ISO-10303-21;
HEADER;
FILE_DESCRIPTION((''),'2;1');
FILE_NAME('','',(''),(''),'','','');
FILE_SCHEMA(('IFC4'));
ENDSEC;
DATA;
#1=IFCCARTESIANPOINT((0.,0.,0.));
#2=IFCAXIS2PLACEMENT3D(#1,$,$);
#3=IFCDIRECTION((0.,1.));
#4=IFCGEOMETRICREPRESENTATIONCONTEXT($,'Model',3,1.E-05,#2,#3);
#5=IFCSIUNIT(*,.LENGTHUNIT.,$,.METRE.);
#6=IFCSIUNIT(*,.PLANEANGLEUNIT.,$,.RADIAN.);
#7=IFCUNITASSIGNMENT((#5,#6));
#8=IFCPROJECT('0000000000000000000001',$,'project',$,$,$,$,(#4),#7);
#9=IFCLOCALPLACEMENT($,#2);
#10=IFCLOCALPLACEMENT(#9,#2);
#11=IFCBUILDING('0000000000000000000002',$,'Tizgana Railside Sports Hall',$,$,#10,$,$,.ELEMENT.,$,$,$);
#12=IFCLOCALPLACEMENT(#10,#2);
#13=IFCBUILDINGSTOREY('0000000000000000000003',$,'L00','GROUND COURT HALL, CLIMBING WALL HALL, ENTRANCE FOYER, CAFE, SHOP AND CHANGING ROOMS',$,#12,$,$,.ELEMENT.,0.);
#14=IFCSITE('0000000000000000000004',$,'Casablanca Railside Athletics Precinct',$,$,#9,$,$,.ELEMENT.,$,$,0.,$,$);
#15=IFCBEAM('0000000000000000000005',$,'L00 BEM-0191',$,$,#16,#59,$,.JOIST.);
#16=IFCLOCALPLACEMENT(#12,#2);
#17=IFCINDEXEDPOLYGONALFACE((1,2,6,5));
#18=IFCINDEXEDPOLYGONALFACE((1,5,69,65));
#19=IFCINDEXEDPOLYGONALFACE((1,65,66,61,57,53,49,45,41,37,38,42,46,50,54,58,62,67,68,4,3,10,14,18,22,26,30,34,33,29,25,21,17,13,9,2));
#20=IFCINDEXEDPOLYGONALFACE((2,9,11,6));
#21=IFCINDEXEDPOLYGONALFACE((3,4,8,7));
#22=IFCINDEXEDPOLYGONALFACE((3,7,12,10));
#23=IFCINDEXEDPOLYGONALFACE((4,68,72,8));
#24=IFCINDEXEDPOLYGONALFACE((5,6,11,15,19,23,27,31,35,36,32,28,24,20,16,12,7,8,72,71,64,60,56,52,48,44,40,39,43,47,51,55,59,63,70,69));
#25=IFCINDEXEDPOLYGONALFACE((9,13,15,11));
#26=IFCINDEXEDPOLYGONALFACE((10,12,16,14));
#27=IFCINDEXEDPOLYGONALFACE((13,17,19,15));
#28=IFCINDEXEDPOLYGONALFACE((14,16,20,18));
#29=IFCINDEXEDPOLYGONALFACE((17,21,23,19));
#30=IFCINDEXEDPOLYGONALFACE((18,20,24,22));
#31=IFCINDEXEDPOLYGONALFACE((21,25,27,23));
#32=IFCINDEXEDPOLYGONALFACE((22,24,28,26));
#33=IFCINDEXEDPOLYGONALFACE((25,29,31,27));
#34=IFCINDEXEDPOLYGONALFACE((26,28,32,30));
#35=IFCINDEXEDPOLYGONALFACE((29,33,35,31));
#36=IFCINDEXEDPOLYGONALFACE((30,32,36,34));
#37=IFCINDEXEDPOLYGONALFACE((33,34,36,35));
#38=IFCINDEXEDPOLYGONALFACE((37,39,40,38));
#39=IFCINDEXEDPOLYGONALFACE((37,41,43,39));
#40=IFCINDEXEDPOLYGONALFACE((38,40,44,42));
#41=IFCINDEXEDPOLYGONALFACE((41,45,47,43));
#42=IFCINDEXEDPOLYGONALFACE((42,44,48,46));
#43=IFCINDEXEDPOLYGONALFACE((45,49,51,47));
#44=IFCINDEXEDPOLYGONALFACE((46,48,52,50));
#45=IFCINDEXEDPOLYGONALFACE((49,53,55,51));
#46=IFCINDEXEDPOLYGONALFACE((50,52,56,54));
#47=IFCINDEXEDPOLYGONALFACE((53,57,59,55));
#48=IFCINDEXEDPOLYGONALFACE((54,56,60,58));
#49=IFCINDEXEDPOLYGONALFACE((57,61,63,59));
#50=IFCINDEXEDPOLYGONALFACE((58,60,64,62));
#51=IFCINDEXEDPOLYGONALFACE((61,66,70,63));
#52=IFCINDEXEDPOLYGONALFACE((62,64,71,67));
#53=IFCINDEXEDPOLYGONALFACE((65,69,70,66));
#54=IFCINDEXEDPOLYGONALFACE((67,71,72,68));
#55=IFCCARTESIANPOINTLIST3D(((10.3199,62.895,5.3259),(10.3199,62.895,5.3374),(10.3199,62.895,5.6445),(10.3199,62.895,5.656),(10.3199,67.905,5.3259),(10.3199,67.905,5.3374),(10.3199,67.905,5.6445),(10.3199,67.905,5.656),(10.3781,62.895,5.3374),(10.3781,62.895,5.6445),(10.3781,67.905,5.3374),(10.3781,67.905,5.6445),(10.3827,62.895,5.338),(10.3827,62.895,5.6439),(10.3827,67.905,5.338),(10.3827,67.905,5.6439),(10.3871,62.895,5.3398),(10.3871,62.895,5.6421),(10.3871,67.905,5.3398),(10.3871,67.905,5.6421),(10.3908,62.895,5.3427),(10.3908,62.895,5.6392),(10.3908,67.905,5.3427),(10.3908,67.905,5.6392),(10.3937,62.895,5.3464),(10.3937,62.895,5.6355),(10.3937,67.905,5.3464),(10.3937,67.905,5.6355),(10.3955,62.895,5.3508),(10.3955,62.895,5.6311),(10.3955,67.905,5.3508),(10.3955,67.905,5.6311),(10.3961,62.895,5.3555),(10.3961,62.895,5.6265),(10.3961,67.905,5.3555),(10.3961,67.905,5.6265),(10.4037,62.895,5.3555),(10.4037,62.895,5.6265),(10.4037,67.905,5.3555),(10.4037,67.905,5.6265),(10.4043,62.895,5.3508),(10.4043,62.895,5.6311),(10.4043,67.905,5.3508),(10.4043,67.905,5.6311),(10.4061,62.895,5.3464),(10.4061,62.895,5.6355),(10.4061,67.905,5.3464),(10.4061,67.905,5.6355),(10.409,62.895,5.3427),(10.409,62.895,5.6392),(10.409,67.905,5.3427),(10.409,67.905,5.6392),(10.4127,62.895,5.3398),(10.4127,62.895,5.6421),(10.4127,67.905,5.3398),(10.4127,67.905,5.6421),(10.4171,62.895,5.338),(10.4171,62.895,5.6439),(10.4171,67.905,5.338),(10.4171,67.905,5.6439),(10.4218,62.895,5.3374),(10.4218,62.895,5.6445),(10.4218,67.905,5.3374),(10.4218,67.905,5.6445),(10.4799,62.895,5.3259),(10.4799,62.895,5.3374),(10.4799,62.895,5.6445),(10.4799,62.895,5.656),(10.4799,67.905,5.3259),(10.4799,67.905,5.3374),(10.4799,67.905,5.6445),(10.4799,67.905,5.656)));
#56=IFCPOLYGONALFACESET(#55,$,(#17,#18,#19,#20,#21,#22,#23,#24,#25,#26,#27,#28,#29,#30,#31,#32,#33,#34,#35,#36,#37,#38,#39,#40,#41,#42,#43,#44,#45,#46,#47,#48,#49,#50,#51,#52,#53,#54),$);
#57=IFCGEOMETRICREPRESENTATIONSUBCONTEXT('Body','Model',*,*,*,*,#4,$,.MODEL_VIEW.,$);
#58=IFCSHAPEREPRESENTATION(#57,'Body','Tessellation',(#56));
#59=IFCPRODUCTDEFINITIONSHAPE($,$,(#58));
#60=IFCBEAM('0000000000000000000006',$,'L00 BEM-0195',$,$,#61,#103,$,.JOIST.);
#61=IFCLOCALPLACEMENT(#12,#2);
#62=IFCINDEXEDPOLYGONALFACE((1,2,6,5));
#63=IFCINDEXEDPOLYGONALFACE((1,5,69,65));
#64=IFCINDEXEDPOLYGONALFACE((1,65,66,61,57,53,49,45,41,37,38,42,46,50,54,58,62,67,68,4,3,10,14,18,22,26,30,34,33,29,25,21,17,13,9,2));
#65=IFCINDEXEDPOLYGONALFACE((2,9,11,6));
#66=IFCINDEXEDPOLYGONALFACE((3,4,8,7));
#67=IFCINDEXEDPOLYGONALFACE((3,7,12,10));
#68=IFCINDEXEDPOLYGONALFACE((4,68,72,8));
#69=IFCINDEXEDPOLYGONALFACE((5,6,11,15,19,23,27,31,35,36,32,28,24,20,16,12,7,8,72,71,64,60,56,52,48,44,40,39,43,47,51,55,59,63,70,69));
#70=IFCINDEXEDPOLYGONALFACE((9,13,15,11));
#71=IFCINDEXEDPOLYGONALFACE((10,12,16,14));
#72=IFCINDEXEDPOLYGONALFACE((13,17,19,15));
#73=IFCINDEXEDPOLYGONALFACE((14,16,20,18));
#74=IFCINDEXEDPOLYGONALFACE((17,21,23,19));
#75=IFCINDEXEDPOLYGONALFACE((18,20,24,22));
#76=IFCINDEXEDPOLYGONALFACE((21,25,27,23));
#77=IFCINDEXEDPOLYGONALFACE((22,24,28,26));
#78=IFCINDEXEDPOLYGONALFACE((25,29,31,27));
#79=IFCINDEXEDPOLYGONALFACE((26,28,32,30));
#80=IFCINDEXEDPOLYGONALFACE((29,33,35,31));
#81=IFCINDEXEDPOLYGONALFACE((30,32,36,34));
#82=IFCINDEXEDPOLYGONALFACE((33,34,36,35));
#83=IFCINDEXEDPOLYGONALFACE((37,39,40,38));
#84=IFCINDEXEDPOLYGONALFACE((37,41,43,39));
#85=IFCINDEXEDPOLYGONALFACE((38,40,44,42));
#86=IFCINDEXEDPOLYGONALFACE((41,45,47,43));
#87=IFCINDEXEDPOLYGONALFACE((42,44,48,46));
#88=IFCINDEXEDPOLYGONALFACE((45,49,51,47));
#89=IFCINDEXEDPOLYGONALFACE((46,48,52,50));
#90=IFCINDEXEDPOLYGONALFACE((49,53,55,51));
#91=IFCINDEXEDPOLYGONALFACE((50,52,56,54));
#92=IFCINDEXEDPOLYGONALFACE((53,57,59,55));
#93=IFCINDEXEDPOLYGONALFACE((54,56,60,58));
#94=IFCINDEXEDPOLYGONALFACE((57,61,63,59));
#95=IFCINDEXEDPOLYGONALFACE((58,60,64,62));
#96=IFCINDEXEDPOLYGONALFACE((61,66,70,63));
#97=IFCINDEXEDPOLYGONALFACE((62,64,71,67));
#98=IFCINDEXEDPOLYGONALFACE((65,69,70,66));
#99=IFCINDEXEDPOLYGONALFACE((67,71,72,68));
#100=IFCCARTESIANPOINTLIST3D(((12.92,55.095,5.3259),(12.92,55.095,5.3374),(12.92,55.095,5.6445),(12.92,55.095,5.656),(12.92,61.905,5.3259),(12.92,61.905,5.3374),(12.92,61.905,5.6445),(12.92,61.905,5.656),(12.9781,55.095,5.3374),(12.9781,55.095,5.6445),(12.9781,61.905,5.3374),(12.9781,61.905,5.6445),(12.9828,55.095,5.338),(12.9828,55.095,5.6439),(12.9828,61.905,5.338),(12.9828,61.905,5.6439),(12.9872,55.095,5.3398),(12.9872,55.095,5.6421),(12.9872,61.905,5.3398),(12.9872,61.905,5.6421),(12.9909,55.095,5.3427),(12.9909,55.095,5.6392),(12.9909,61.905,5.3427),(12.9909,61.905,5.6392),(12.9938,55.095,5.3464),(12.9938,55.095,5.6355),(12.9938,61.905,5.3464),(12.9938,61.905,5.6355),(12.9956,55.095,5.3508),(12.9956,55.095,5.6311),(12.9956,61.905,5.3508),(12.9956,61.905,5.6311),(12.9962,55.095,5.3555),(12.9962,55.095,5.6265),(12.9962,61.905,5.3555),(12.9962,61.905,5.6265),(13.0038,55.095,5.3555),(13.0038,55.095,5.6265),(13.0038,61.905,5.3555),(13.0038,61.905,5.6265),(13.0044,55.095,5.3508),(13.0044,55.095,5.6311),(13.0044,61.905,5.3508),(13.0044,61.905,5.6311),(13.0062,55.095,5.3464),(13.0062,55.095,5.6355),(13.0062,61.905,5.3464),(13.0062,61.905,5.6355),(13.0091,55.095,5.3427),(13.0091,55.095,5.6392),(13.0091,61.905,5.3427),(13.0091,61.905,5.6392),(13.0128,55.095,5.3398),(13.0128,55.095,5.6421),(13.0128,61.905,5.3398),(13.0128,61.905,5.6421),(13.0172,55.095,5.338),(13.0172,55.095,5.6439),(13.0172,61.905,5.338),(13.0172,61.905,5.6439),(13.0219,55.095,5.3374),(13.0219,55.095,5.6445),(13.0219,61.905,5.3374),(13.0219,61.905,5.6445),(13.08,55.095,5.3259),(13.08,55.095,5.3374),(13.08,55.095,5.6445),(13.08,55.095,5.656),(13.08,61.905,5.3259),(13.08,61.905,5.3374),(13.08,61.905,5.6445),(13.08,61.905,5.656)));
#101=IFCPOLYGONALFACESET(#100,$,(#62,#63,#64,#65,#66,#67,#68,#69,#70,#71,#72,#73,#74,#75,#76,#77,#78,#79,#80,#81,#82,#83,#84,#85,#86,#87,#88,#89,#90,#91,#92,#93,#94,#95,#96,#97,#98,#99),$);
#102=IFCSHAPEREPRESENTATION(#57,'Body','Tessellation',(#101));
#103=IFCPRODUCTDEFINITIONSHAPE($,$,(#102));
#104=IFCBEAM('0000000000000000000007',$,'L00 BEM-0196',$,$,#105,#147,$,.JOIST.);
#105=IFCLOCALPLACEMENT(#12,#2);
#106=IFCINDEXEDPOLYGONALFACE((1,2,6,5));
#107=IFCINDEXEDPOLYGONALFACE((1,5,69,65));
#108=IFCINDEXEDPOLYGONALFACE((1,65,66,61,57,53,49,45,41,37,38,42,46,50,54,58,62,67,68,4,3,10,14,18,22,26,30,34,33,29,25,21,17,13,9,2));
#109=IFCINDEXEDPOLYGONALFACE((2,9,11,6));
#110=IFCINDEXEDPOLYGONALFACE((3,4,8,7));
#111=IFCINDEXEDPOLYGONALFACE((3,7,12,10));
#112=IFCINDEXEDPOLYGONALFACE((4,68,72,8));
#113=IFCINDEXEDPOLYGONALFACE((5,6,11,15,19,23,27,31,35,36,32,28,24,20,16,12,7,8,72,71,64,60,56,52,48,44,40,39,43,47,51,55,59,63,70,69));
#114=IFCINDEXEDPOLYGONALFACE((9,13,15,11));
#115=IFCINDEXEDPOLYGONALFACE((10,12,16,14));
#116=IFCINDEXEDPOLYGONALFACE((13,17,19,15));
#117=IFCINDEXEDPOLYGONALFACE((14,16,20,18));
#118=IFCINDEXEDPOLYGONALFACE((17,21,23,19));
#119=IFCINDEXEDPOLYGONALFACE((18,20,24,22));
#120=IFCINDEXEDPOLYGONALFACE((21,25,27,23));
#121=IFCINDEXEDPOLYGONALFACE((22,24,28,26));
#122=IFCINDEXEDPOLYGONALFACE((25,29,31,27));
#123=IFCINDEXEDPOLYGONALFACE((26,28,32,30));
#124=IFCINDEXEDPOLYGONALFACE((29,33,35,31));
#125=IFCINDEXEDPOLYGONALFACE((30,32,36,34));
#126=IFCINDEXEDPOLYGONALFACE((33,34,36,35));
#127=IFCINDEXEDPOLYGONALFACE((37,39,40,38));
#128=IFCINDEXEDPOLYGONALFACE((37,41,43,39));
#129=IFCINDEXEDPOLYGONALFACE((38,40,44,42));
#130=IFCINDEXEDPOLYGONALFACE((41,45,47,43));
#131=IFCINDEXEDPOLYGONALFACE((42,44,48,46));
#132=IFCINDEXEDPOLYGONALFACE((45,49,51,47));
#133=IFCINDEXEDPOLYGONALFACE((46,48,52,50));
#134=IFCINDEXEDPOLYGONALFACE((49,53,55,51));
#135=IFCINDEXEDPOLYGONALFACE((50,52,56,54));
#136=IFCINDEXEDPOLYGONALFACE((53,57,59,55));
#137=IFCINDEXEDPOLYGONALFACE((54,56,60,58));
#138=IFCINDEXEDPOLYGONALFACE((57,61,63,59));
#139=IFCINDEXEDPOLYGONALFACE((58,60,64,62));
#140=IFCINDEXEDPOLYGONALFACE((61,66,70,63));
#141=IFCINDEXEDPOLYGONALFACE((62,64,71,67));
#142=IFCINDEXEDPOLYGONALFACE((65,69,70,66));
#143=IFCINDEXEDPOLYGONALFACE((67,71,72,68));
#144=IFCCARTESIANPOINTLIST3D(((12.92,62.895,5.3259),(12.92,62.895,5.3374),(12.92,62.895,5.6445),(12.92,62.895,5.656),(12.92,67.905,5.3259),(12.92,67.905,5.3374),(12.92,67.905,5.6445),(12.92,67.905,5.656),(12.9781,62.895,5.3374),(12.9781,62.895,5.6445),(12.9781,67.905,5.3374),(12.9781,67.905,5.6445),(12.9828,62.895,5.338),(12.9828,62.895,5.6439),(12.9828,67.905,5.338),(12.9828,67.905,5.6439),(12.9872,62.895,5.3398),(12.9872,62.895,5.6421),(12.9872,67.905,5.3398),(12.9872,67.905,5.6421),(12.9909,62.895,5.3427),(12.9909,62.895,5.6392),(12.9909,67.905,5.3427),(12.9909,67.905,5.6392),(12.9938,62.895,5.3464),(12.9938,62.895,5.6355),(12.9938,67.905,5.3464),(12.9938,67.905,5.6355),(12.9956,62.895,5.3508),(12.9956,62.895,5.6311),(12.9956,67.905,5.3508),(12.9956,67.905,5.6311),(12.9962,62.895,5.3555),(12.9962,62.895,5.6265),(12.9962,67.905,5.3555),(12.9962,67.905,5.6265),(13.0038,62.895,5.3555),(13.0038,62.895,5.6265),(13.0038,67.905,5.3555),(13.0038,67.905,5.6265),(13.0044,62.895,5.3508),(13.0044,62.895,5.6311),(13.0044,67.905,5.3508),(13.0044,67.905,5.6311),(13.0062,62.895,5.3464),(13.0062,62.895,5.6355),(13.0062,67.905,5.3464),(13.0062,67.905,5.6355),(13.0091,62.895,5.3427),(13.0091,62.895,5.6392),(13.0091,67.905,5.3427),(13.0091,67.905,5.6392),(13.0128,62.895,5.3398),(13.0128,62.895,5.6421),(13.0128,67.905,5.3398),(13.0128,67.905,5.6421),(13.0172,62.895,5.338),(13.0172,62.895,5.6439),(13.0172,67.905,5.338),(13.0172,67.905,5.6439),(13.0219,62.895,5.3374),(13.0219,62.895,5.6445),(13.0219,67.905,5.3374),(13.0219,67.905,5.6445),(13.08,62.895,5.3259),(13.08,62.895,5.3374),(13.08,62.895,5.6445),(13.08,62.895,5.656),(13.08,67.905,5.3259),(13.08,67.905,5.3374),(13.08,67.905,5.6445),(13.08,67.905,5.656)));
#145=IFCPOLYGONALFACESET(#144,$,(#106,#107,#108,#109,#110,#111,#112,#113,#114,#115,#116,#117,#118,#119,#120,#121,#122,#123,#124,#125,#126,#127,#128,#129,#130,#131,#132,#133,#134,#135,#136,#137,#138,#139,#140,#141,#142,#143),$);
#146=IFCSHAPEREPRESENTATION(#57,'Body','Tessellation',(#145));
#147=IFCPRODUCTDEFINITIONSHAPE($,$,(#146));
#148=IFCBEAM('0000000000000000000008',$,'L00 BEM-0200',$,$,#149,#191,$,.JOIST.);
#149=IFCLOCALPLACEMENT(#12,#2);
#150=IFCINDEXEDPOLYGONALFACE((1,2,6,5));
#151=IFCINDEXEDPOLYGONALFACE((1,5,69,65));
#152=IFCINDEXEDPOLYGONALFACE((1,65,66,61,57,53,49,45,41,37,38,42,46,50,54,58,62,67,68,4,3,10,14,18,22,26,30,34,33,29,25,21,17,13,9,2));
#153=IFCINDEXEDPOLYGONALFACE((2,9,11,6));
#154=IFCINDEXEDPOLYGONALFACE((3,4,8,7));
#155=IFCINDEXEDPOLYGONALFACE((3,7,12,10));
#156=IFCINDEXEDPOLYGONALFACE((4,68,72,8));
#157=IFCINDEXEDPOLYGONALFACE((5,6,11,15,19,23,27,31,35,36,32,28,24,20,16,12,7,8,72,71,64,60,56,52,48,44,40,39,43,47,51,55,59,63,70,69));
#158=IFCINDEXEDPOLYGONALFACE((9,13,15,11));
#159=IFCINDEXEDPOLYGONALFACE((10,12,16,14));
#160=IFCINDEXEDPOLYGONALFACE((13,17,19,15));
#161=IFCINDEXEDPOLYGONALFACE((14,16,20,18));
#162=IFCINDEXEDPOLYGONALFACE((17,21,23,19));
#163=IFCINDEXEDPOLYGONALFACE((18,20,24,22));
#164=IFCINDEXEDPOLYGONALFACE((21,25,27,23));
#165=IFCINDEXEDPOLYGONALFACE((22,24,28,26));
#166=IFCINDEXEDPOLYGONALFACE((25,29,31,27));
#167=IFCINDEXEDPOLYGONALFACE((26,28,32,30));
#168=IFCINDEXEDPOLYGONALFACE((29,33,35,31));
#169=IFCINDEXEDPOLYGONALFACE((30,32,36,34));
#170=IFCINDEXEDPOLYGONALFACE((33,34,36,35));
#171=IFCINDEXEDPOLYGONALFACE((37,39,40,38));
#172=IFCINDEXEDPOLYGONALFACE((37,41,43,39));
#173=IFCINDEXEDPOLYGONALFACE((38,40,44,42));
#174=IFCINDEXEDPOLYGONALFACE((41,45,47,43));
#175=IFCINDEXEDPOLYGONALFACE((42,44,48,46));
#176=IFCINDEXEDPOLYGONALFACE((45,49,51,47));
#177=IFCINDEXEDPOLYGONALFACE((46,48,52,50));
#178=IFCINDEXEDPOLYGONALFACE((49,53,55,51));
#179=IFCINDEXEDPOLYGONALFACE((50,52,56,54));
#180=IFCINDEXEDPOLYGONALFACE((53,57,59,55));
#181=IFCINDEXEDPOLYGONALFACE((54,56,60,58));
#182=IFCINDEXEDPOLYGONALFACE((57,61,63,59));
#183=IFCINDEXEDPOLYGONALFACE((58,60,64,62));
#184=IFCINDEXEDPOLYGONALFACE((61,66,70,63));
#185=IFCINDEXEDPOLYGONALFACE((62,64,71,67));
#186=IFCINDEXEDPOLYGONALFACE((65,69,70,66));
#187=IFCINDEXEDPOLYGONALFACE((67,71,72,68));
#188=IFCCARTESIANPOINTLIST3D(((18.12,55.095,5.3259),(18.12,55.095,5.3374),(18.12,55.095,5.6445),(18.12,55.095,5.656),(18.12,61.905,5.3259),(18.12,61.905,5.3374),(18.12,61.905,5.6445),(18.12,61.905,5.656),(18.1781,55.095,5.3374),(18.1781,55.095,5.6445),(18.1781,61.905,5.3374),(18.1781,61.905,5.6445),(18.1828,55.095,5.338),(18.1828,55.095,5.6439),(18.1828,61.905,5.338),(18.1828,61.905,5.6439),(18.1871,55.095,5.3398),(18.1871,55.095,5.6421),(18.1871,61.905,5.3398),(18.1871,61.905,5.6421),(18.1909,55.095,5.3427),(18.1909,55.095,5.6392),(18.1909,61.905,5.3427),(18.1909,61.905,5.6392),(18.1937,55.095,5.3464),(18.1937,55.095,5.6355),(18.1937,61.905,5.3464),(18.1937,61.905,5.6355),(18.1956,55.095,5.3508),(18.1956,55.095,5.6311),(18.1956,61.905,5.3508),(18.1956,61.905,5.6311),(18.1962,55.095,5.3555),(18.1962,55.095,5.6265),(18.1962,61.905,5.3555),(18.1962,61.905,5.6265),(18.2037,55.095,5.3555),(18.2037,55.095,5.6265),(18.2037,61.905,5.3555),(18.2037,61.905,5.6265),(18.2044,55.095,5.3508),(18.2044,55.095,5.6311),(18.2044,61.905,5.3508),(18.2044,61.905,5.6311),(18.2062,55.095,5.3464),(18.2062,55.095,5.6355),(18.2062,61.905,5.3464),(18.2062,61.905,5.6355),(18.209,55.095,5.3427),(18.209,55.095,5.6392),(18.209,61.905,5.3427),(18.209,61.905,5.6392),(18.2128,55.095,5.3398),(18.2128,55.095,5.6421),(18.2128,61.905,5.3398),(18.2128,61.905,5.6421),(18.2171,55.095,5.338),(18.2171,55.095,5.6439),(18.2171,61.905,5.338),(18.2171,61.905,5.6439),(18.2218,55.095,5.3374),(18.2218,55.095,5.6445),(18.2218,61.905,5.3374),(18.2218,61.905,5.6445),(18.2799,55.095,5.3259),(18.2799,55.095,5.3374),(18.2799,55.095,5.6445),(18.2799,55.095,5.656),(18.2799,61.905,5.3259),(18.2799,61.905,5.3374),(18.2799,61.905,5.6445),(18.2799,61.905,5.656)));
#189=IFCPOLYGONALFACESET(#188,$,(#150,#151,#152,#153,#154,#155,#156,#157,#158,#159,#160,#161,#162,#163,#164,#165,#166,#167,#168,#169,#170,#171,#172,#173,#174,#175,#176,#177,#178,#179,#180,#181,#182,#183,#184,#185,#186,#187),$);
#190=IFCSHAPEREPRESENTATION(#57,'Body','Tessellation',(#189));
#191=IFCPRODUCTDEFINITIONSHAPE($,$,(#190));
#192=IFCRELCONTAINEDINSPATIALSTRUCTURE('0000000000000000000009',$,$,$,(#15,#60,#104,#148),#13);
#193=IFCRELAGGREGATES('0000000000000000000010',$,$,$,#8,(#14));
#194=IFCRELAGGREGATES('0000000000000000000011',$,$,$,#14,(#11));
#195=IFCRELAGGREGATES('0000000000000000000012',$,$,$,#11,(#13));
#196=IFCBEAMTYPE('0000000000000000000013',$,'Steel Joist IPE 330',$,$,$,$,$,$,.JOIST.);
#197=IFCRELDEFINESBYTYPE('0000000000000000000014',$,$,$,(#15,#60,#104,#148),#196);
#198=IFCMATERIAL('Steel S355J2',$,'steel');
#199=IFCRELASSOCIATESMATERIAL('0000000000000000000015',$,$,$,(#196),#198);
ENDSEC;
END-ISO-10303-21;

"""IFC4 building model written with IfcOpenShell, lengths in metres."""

from ifc_helpers import new_model, si_unit, direction, frame, origin, origin_2d, place, context, subcontext, project, spatial, i_section, extrude, material, material_profile, profile_set, type_object, element, save


model = new_model("IFC4")

# Units and contexts
model_context = context("Model", 3, precision=1e-05, world=origin(), true_north=direction((0.0, 1.0)))
body_context = subcontext(model_context, "Body", "Model", "MODEL_VIEW")
ifc_project = project(units=[si_unit("LENGTHUNIT", "METRE"), si_unit("PLANEANGLEUNIT", "RADIAN")], contexts=[model_context])

# Site, building, storey
site_placement = place(None, origin())
site = spatial("IfcSite", under=ifc_project, at=site_placement, Name="Casablanca Railside Athletics Precinct", CompositionType="ELEMENT", RefElevation=0.0)
building_placement = place(site_placement, origin())
building = spatial("IfcBuilding", under=site, at=building_placement, Name="Tizgana Railside Sports Hall", CompositionType="ELEMENT")
storey_placement = place(building_placement, origin())
storey = spatial("IfcBuildingStorey", under=building, at=storey_placement, Name="L00", Description="GROUND COURT HALL, CLIMBING WALL HALL, ENTRANCE FOYER, CAFE, SHOP AND CHANGING ROOMS", CompositionType="ELEMENT", Elevation=0.0)

# Beams
ifc_material_1 = material(Name="Steel S355J2", Category="steel")
ifc_material_profile_1 = material_profile(ifc_material_1, i_section(OverallWidth=0.1599, OverallDepth=0.3301, WebThickness=0.0076, FlangeThickness=0.0115, FilletRadius=0.0181, at=origin_2d()), Name="IPE 330")
ifc_profile_set_1 = profile_set([ifc_material_profile_1], Name="Steel S355J2")
beam_type_1 = type_object("IfcBeamType", Name="Steel Joist IPE 330", PredefinedType="JOIST", material=ifc_profile_set_1)
beam_1_placement = place(storey_placement, frame((10.3999, 62.895, 5.491), z_axis=(0.0, 1.0, 0.0), x_axis=(-1.0, 0.0, 0.0)))
element("IfcBeam", 1, at=beam_1_placement, inside=storey, type_object=beam_type_1, Name="L00 BEM-0191", PredefinedType="JOIST", context=body_context, shape_type="SweptSolid", body=[
    extrude(i_section(OverallWidth=0.1599, OverallDepth=0.3301, WebThickness=0.0076, FlangeThickness=0.0115, FilletRadius=0.0181, at=origin_2d()), origin(), (0.0, 0.0, 1.0), 5.01),
])
beam_2_placement = place(storey_placement, frame((13.0, 55.095, 5.491), z_axis=(0.0, 1.0, 0.0), x_axis=(-1.0, 0.0, 0.0)))
element("IfcBeam", 2, at=beam_2_placement, inside=storey, type_object=beam_type_1, Name="L00 BEM-0195", PredefinedType="JOIST", context=body_context, shape_type="SweptSolid", body=[
    extrude(i_section(OverallWidth=0.1599, OverallDepth=0.3301, WebThickness=0.0076, FlangeThickness=0.0115, FilletRadius=0.0181, at=origin_2d()), origin(), (0.0, 0.0, 1.0), 6.8101),
])
beam_3_placement = place(storey_placement, frame((13.0, 62.895, 5.491), z_axis=(0.0, 1.0, 0.0), x_axis=(-1.0, 0.0, 0.0)))
element("IfcBeam", 3, at=beam_3_placement, inside=storey, type_object=beam_type_1, Name="L00 BEM-0196", PredefinedType="JOIST", context=body_context, shape_type="SweptSolid", body=[
    extrude(i_section(OverallWidth=0.1599, OverallDepth=0.3301, WebThickness=0.0076, FlangeThickness=0.0115, FilletRadius=0.0181, at=origin_2d()), origin(), (0.0, 0.0, 1.0), 5.01),
])
beam_4_placement = place(storey_placement, frame((18.2, 55.095, 5.491), z_axis=(0.0, 1.0, 0.0), x_axis=(-1.0, 0.0, 0.0)))
element("IfcBeam", 4, at=beam_4_placement, inside=storey, type_object=beam_type_1, Name="L00 BEM-0200", PredefinedType="JOIST", context=body_context, shape_type="SweptSolid", body=[
    extrude(i_section(OverallWidth=0.1599, OverallDepth=0.3301, WebThickness=0.0076, FlangeThickness=0.0115, FilletRadius=0.0181, at=origin_2d()), origin(), (0.0, 0.0, 1.0), 6.8101),
])

save(model, "model.ifc")
